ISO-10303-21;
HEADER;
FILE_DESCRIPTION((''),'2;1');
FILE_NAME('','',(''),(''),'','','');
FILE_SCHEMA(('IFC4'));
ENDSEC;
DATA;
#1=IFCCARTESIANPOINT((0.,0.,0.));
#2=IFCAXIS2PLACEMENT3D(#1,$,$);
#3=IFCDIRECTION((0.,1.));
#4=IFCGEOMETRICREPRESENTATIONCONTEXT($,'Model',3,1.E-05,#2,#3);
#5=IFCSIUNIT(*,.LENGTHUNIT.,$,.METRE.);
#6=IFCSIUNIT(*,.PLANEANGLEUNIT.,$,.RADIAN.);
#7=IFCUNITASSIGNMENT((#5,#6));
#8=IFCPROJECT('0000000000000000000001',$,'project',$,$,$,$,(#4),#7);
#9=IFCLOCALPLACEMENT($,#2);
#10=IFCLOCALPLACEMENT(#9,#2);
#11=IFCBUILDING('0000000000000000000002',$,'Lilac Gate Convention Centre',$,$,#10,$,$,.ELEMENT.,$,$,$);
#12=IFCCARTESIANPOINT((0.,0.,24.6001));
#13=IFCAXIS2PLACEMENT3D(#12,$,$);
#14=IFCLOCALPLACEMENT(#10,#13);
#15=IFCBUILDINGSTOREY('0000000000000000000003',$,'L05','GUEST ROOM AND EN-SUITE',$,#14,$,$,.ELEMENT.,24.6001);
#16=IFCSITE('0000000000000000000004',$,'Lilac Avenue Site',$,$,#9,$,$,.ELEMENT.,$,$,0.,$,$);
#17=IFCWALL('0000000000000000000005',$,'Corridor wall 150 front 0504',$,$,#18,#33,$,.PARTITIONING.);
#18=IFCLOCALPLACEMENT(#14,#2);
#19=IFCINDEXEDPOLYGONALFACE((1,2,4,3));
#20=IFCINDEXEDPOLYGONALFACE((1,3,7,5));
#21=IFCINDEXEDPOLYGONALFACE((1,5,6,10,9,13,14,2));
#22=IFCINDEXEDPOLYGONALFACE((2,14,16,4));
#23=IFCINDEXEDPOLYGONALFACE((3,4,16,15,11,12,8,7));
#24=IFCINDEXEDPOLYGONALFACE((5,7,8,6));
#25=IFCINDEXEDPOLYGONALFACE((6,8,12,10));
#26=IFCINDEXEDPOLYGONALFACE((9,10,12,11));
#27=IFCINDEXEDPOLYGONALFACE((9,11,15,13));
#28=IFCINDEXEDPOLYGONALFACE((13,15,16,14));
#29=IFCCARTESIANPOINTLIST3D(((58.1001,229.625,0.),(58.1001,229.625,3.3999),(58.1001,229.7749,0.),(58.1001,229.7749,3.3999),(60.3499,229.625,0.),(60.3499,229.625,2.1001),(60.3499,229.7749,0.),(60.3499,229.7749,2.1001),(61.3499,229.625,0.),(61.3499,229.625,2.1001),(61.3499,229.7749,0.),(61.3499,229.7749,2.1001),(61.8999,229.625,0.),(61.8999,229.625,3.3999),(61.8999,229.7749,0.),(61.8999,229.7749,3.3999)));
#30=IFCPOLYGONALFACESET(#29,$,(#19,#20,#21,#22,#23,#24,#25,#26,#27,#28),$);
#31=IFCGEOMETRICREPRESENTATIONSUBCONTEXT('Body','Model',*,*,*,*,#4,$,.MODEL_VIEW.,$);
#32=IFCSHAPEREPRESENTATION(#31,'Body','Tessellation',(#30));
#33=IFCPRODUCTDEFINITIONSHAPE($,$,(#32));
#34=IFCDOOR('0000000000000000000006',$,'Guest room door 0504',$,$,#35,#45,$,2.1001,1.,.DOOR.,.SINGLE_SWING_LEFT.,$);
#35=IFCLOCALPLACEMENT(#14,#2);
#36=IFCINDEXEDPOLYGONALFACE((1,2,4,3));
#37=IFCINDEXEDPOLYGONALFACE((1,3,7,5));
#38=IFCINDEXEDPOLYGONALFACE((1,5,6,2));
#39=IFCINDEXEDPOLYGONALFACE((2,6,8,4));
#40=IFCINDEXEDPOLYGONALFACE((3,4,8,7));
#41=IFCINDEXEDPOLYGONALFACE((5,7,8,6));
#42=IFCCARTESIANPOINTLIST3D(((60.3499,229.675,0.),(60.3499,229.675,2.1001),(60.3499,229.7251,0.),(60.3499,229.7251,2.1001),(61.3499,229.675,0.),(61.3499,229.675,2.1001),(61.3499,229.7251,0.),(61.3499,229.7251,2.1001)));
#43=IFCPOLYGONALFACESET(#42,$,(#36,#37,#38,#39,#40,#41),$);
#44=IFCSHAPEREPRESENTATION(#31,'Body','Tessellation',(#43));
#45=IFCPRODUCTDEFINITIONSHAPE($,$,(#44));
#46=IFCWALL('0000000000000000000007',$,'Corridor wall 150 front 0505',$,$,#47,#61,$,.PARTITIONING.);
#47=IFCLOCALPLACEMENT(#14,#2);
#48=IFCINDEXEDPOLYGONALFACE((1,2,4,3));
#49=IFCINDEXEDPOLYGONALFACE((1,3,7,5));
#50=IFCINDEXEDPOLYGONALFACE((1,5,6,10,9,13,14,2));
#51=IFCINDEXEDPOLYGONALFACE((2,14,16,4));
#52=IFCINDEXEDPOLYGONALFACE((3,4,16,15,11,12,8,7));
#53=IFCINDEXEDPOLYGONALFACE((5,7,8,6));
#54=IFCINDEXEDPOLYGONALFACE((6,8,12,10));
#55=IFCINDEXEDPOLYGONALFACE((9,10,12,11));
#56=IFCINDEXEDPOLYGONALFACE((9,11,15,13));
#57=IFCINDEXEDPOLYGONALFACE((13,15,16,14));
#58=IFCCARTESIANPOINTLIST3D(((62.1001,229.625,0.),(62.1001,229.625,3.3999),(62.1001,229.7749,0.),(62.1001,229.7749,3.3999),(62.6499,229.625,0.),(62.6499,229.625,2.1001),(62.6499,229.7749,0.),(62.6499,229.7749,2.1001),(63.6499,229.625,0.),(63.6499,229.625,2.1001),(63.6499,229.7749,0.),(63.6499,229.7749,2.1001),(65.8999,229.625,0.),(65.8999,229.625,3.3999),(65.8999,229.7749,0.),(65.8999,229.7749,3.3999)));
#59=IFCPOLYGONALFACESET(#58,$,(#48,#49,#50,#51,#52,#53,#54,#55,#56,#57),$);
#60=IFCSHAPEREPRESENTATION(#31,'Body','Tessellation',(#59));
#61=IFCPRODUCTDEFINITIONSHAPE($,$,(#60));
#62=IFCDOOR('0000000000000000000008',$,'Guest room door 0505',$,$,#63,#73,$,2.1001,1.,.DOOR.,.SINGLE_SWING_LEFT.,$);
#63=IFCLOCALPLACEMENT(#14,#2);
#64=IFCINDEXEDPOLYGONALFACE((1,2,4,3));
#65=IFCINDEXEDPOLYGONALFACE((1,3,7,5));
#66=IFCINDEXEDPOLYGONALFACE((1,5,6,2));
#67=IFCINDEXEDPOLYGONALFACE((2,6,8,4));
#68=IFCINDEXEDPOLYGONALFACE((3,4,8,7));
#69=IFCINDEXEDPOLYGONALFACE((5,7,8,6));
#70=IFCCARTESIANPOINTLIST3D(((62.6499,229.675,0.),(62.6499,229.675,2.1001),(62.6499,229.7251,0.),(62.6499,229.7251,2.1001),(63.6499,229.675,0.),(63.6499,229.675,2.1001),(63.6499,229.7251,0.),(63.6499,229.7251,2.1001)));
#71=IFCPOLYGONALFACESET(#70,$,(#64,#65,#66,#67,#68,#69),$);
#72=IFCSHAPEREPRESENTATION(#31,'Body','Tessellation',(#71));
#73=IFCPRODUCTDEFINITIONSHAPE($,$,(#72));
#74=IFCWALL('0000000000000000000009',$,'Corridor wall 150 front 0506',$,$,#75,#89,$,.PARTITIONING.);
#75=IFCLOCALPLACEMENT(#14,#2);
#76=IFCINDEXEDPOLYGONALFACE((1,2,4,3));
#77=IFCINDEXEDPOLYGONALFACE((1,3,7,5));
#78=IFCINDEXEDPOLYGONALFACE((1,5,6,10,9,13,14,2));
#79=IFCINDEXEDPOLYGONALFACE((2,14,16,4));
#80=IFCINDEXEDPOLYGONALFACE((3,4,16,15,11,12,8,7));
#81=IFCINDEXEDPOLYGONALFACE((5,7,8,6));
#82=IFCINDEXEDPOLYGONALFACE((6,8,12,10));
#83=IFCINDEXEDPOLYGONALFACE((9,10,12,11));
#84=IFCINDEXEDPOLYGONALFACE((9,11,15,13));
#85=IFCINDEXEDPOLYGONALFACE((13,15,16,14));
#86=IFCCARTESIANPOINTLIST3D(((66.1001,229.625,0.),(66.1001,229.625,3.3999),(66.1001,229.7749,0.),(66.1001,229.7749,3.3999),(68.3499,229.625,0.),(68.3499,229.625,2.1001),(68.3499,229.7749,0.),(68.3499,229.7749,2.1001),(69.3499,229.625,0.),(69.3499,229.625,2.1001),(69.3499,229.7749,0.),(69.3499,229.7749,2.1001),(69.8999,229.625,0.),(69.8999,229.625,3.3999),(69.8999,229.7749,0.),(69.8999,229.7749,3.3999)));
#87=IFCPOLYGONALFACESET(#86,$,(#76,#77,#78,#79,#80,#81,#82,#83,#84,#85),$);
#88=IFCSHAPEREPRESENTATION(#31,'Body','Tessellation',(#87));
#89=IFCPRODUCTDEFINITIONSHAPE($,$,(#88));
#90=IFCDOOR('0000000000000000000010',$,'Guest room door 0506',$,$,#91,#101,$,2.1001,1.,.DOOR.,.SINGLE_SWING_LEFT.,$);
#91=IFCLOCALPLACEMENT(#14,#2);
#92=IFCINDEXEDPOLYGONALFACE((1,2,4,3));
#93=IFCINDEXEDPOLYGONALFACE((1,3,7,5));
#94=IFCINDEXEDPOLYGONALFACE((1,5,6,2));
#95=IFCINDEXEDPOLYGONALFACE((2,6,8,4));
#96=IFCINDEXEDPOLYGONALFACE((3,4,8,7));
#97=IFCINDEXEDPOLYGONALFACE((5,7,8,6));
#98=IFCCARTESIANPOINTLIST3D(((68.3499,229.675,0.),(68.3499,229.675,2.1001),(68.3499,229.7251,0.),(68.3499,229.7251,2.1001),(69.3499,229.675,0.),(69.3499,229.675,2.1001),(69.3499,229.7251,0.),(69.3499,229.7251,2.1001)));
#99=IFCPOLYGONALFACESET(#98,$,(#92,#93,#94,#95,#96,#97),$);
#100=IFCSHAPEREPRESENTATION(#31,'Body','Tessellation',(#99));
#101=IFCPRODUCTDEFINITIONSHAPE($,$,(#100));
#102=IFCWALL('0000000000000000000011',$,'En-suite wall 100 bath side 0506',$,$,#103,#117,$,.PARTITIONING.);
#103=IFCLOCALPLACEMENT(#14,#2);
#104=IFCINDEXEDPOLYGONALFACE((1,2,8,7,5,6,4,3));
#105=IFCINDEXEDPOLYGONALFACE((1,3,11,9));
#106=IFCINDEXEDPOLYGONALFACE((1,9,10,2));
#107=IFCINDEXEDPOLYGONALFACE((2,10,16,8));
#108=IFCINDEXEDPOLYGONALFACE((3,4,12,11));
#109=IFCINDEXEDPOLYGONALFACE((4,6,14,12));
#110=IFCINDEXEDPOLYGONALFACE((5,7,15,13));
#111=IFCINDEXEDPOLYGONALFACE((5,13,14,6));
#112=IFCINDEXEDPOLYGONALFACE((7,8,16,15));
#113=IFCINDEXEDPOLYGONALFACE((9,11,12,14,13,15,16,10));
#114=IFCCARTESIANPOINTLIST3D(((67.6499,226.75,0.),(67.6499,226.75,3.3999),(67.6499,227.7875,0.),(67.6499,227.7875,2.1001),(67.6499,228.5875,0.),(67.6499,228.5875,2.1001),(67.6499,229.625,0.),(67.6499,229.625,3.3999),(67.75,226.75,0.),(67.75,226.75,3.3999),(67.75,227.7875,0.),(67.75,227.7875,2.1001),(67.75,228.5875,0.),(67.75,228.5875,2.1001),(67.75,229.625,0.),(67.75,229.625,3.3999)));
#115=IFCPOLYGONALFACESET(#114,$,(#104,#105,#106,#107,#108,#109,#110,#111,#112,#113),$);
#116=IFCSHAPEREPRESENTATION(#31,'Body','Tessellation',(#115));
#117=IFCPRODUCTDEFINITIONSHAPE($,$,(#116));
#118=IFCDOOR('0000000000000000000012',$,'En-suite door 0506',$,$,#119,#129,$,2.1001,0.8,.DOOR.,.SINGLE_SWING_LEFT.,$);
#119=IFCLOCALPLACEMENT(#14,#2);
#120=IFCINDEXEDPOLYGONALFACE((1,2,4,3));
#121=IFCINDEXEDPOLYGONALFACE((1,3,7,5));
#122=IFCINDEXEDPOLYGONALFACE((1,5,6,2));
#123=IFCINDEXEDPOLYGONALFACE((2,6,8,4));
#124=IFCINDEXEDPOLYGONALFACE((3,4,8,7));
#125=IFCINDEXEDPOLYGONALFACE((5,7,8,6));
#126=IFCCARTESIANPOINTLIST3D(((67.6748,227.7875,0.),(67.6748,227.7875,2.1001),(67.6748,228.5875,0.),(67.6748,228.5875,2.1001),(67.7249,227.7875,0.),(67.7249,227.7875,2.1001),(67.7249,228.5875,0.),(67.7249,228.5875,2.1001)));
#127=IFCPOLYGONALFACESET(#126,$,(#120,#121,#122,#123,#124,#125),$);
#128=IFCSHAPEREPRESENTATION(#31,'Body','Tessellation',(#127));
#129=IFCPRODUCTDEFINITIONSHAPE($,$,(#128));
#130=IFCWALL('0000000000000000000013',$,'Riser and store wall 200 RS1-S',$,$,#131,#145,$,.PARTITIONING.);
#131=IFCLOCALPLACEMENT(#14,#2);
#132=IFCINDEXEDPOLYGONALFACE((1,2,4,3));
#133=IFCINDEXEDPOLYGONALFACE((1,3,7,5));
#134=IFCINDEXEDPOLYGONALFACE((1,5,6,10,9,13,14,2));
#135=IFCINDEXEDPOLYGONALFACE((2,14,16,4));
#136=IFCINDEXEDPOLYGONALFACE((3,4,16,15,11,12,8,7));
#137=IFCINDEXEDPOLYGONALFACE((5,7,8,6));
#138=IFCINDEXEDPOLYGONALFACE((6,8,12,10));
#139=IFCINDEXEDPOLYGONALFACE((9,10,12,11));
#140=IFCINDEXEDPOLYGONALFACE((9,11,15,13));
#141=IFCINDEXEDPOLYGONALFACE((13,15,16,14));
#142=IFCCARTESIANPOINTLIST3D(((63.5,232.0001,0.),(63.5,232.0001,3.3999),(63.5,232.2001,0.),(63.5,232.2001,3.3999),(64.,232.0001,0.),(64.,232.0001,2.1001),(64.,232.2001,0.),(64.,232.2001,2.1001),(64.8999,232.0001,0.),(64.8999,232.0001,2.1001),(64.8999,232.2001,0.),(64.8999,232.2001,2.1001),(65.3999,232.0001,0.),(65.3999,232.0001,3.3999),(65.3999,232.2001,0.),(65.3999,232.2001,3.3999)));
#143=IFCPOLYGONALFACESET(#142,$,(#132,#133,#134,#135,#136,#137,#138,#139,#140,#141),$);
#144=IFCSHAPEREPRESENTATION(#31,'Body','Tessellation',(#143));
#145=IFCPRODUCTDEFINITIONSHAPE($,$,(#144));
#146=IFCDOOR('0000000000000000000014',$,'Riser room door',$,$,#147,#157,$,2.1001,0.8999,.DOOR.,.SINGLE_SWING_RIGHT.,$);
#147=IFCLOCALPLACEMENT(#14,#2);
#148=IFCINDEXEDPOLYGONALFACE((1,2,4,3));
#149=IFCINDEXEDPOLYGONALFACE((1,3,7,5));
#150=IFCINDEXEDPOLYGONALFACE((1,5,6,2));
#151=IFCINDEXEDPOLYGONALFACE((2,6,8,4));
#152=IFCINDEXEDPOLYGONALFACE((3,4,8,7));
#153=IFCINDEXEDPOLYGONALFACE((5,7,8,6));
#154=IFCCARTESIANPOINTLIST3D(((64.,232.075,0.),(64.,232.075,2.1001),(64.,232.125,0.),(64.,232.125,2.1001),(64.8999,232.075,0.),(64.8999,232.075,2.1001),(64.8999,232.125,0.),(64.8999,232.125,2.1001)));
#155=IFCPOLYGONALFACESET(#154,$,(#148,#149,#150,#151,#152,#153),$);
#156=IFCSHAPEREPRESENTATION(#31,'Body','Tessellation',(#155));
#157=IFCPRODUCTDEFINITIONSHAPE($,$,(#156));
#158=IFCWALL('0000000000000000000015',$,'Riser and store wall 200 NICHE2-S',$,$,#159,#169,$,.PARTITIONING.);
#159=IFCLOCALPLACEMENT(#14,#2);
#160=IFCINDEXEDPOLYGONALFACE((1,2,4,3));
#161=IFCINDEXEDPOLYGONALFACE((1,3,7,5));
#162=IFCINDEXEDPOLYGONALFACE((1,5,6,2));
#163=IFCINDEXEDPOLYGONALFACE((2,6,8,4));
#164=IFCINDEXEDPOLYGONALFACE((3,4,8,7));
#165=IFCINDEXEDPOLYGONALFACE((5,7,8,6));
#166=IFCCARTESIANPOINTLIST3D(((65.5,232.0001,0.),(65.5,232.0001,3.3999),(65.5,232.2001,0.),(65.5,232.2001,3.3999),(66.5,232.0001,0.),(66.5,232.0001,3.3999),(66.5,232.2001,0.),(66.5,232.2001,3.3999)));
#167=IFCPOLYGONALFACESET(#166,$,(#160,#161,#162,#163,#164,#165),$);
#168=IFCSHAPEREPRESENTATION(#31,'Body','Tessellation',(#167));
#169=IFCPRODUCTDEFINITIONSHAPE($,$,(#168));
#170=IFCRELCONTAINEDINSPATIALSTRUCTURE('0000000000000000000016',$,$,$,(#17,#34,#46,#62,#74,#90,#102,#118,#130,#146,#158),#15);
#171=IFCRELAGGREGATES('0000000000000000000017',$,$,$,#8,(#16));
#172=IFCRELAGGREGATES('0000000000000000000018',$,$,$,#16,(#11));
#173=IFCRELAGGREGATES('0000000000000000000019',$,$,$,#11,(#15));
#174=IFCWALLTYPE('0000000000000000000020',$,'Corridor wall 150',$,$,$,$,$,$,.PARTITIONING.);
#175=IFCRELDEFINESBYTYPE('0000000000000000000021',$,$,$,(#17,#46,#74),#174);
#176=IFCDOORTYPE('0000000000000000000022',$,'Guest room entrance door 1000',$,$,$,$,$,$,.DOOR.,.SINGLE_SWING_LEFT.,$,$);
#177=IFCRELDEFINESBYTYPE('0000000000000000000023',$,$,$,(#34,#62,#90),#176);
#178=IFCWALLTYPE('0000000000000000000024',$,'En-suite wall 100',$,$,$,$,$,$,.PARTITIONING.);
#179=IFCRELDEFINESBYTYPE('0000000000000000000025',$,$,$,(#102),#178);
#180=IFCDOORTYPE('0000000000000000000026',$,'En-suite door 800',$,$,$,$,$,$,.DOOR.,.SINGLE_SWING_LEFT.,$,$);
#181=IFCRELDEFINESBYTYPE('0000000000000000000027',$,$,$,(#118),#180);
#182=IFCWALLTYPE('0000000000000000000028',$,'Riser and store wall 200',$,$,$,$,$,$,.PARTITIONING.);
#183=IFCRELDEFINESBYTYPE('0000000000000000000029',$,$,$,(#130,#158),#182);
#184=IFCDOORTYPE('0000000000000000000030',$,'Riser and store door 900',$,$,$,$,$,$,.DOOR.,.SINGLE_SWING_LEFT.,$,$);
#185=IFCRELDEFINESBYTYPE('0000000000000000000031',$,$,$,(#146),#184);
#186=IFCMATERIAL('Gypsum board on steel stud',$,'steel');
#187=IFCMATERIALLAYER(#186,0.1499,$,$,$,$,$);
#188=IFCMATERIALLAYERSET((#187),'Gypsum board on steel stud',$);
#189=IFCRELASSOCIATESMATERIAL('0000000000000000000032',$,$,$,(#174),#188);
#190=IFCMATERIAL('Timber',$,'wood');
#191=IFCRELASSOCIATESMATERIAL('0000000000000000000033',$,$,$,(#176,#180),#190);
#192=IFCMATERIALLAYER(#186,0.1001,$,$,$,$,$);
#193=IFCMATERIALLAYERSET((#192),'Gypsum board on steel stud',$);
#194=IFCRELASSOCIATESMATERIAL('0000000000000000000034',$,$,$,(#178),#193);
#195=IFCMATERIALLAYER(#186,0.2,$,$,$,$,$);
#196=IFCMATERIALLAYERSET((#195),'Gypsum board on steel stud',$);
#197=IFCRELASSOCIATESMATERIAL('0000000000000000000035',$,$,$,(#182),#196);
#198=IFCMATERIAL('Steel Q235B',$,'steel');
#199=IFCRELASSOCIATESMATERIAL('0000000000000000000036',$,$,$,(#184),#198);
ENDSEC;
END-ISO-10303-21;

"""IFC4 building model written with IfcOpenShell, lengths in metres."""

from ifc_helpers import new_model, si_unit, direction, frame, frame_2d, origin, place, context, subcontext, project, spatial, rectangle, extrude, material, layer, layer_set, type_object, element, fill, save


model = new_model("IFC4")

# Units and contexts
model_context = context("Model", 3, precision=1e-05, world=origin(), true_north=direction((0.0, 1.0)))
body_context = subcontext(model_context, "Body", "Model", "MODEL_VIEW")
ifc_project = project(units=[si_unit("LENGTHUNIT", "METRE"), si_unit("PLANEANGLEUNIT", "RADIAN")], contexts=[model_context])

# Site, building, storey
site_placement = place(None, origin())
site = spatial("IfcSite", under=ifc_project, at=site_placement, Name="Lilac Avenue Site", CompositionType="ELEMENT", RefElevation=0.0)
building_placement = place(site_placement, origin())
building = spatial("IfcBuilding", under=site, at=building_placement, Name="Lilac Gate Convention Centre", CompositionType="ELEMENT")
storey_placement = place(building_placement, frame((0.0, 0.0, 24.6001)))
storey = spatial("IfcBuildingStorey", under=building, at=storey_placement, Name="L05", Description="GUEST ROOM AND EN-SUITE", CompositionType="ELEMENT", Elevation=24.6001)

# Walls, openings, doors
ifc_material_1 = material(Name="Gypsum board on steel stud", Category="steel")
ifc_layer_1 = layer(ifc_material_1, 0.1499)
ifc_layer_set_1 = layer_set([ifc_layer_1], Name="Gypsum board on steel stud")
wall_type_1 = type_object("IfcWallType", Name="Corridor wall 150", PredefinedType="PARTITIONING", material=ifc_layer_set_1)
wall_1_placement = place(storey_placement, frame((61.8999, 229.7, 0.0), z_axis=(0.0, 0.0, 1.0), x_axis=(-1.0, 0.0, 0.0)))
wall_1 = element("IfcWall", 1, at=wall_1_placement, inside=storey, type_object=wall_type_1, Name="Corridor wall 150 front 0504", PredefinedType="PARTITIONING", context=body_context, shape_type="SweptSolid", body=[
    extrude(rectangle(XDim=3.7998, YDim=0.1499, at=frame_2d((1.8999, 0.0))), origin(), (0.0, 0.0, 1.0), 3.3999),
])
opening_1_placement = place(wall_1_placement, frame((0.55, 0.0, 0.0)))
opening_1 = element("IfcOpeningElement", 2, at=opening_1_placement, cuts=wall_1, PredefinedType="OPENING", context=body_context, shape_type="SweptSolid", body=[
    extrude(rectangle(XDim=1.0, YDim=2.1001, at=frame_2d((0.5, 1.05))), frame((0.0, 0.085, 0.0), z_axis=(0.0, -1.0, 0.0), x_axis=(1.0, 0.0, 0.0)), (0.0, 0.0, 1.0), 0.1699),
])
ifc_material_2 = material(Name="Timber", Category="wood")
door_type_1 = type_object("IfcDoorType", Name="Guest room entrance door 1000", OperationType="SINGLE_SWING_LEFT", PredefinedType="DOOR", material=ifc_material_2)
door_1_placement = place(opening_1_placement, origin())
door_1 = element("IfcDoor", 3, at=door_1_placement, inside=storey, type_object=door_type_1, Name="Guest room door 0504", OperationType="SINGLE_SWING_LEFT", OverallHeight=2.1001, OverallWidth=1.0, PredefinedType="DOOR", context=body_context, shape_type="SweptSolid", body=[
    extrude(rectangle(XDim=1.0, YDim=2.1001, at=frame_2d((0.5, 1.05))), frame((0.0, 0.0249, 0.0), z_axis=(0.0, -1.0, 0.0), x_axis=(1.0, 0.0, 0.0)), (0.0, 0.0, 1.0), 0.05),
])
fill(opening_1, door_1)
wall_2_placement = place(storey_placement, frame((65.8999, 229.7, 0.0), z_axis=(0.0, 0.0, 1.0), x_axis=(-1.0, 0.0, 0.0)))
wall_2 = element("IfcWall", 4, at=wall_2_placement, inside=storey, type_object=wall_type_1, Name="Corridor wall 150 front 0505", PredefinedType="PARTITIONING", context=body_context, shape_type="SweptSolid", body=[
    extrude(rectangle(XDim=3.7998, YDim=0.1499, at=frame_2d((1.8999, 0.0))), origin(), (0.0, 0.0, 1.0), 3.3999),
])
opening_2_placement = place(wall_2_placement, frame((2.25, 0.0, 0.0)))
opening_2 = element("IfcOpeningElement", 5, at=opening_2_placement, cuts=wall_2, PredefinedType="OPENING", context=body_context, shape_type="SweptSolid", body=[
    extrude(rectangle(XDim=1.0, YDim=2.1001, at=frame_2d((0.5, 1.05))), frame((0.0, 0.085, 0.0), z_axis=(0.0, -1.0, 0.0), x_axis=(1.0, 0.0, 0.0)), (0.0, 0.0, 1.0), 0.1699),
])
door_2_placement = place(opening_2_placement, origin())
door_2 = element("IfcDoor", 6, at=door_2_placement, inside=storey, type_object=door_type_1, Name="Guest room door 0505", OperationType="SINGLE_SWING_LEFT", OverallHeight=2.1001, OverallWidth=1.0, PredefinedType="DOOR", context=body_context, shape_type="SweptSolid", body=[
    extrude(rectangle(XDim=1.0, YDim=2.1001, at=frame_2d((0.5, 1.05))), frame((0.0, 0.0249, 0.0), z_axis=(0.0, -1.0, 0.0), x_axis=(1.0, 0.0, 0.0)), (0.0, 0.0, 1.0), 0.05),
])
fill(opening_2, door_2)
wall_3_placement = place(storey_placement, frame((69.8999, 229.7, 0.0), z_axis=(0.0, 0.0, 1.0), x_axis=(-1.0, 0.0, 0.0)))
wall_3 = element("IfcWall", 7, at=wall_3_placement, inside=storey, type_object=wall_type_1, Name="Corridor wall 150 front 0506", PredefinedType="PARTITIONING", context=body_context, shape_type="SweptSolid", body=[
    extrude(rectangle(XDim=3.7998, YDim=0.1499, at=frame_2d((1.8999, 0.0))), origin(), (0.0, 0.0, 1.0), 3.3999),
])
opening_3_placement = place(wall_3_placement, frame((0.55, 0.0, 0.0)))
opening_3 = element("IfcOpeningElement", 8, at=opening_3_placement, cuts=wall_3, PredefinedType="OPENING", context=body_context, shape_type="SweptSolid", body=[
    extrude(rectangle(XDim=1.0, YDim=2.1001, at=frame_2d((0.5, 1.05))), frame((0.0, 0.085, 0.0), z_axis=(0.0, -1.0, 0.0), x_axis=(1.0, 0.0, 0.0)), (0.0, 0.0, 1.0), 0.1699),
])
door_3_placement = place(opening_3_placement, origin())
door_3 = element("IfcDoor", 9, at=door_3_placement, inside=storey, type_object=door_type_1, Name="Guest room door 0506", OperationType="SINGLE_SWING_LEFT", OverallHeight=2.1001, OverallWidth=1.0, PredefinedType="DOOR", context=body_context, shape_type="SweptSolid", body=[
    extrude(rectangle(XDim=1.0, YDim=2.1001, at=frame_2d((0.5, 1.05))), frame((0.0, 0.0249, 0.0), z_axis=(0.0, -1.0, 0.0), x_axis=(1.0, 0.0, 0.0)), (0.0, 0.0, 1.0), 0.05),
])
fill(opening_3, door_3)
ifc_layer_2 = layer(ifc_material_1, 0.1001)
ifc_layer_set_2 = layer_set([ifc_layer_2], Name="Gypsum board on steel stud")
wall_type_2 = type_object("IfcWallType", Name="En-suite wall 100", PredefinedType="PARTITIONING", material=ifc_layer_set_2)
wall_4_placement = place(storey_placement, frame((67.7, 229.625, 0.0), z_axis=(0.0, 0.0, 1.0), x_axis=(0.0, -1.0, 0.0)))
wall_4 = element("IfcWall", 10, at=wall_4_placement, inside=storey, type_object=wall_type_2, Name="En-suite wall 100 bath side 0506", PredefinedType="PARTITIONING", context=body_context, shape_type="SweptSolid", body=[
    extrude(rectangle(XDim=2.875, YDim=0.1001, at=frame_2d((1.4375, 0.0))), origin(), (0.0, 0.0, 1.0), 3.3999),
])
opening_4_placement = place(wall_4_placement, frame((1.0376, 0.0, 0.0)))
opening_4 = element("IfcOpeningElement", 11, at=opening_4_placement, cuts=wall_4, PredefinedType="OPENING", context=body_context, shape_type="SweptSolid", body=[
    extrude(rectangle(XDim=0.8, YDim=2.1001, at=frame_2d((0.3999, 1.05))), frame((0.0, 0.0601, 0.0), z_axis=(0.0, -1.0, 0.0), x_axis=(1.0, 0.0, 0.0)), (0.0, 0.0, 1.0), 0.1201),
])
door_type_2 = type_object("IfcDoorType", Name="En-suite door 800", OperationType="SINGLE_SWING_LEFT", PredefinedType="DOOR", material=ifc_material_2)
door_4_placement = place(opening_4_placement, origin())
door_4 = element("IfcDoor", 12, at=door_4_placement, inside=storey, type_object=door_type_2, Name="En-suite door 0506", OperationType="SINGLE_SWING_LEFT", OverallHeight=2.1001, OverallWidth=0.8, PredefinedType="DOOR", context=body_context, shape_type="SweptSolid", body=[
    extrude(rectangle(XDim=0.8, YDim=2.1001, at=frame_2d((0.3999, 1.05))), frame((0.0, 0.0249, 0.0), z_axis=(0.0, -1.0, 0.0), x_axis=(1.0, 0.0, 0.0)), (0.0, 0.0, 1.0), 0.05),
])
fill(opening_4, door_4)
ifc_layer_3 = layer(ifc_material_1, 0.2)
ifc_layer_set_3 = layer_set([ifc_layer_3], Name="Gypsum board on steel stud")
wall_type_3 = type_object("IfcWallType", Name="Riser and store wall 200", PredefinedType="PARTITIONING", material=ifc_layer_set_3)
wall_5_placement = place(storey_placement, frame((63.5, 232.1001, 0.0), z_axis=(0.0, 0.0, 1.0), x_axis=(1.0, 0.0, 0.0)))
wall_5 = element("IfcWall", 13, at=wall_5_placement, inside=storey, type_object=wall_type_3, Name="Riser and store wall 200 RS1-S", PredefinedType="PARTITIONING", context=body_context, shape_type="SweptSolid", body=[
    extrude(rectangle(XDim=1.8999, YDim=0.2, at=frame_2d((0.95, 0.0))), origin(), (0.0, 0.0, 1.0), 3.3999),
])
opening_5_placement = place(wall_5_placement, frame((0.5, 0.0, 0.0)))
opening_5 = element("IfcOpeningElement", 14, at=opening_5_placement, cuts=wall_5, PredefinedType="OPENING", context=body_context, shape_type="SweptSolid", body=[
    extrude(rectangle(XDim=0.8999, YDim=2.1001, at=frame_2d((0.45, 1.05))), frame((0.0, 0.1099, 0.0), z_axis=(0.0, -1.0, 0.0), x_axis=(1.0, 0.0, 0.0)), (0.0, 0.0, 1.0), 0.22),
])
ifc_material_3 = material(Name="Steel Q235B", Category="steel")
door_type_3 = type_object("IfcDoorType", Name="Riser and store door 900", OperationType="SINGLE_SWING_LEFT", PredefinedType="DOOR", material=ifc_material_3)
door_5_placement = place(opening_5_placement, origin())
door_5 = element("IfcDoor", 15, at=door_5_placement, inside=storey, type_object=door_type_3, Name="Riser room door", OperationType="SINGLE_SWING_RIGHT", OverallHeight=2.1001, OverallWidth=0.8999, PredefinedType="DOOR", context=body_context, shape_type="SweptSolid", body=[
    extrude(rectangle(XDim=0.8999, YDim=2.1001, at=frame_2d((0.45, 1.05))), frame((0.0, 0.0249, 0.0), z_axis=(0.0, -1.0, 0.0), x_axis=(1.0, 0.0, 0.0)), (0.0, 0.0, 1.0), 0.05),
])
fill(opening_5, door_5)

# Wall
wall_6_placement = place(storey_placement, frame((65.5, 232.1001, 0.0), z_axis=(0.0, 0.0, 1.0), x_axis=(1.0, 0.0, 0.0)))
element("IfcWall", 16, at=wall_6_placement, inside=storey, type_object=wall_type_3, Name="Riser and store wall 200 NICHE2-S", PredefinedType="PARTITIONING", context=body_context, shape_type="SweptSolid", body=[
    extrude(rectangle(XDim=1.0, YDim=0.2, at=frame_2d((0.5, 0.0))), origin(), (0.0, 0.0, 1.0), 3.3999),
])

save(model, "model.ifc")
